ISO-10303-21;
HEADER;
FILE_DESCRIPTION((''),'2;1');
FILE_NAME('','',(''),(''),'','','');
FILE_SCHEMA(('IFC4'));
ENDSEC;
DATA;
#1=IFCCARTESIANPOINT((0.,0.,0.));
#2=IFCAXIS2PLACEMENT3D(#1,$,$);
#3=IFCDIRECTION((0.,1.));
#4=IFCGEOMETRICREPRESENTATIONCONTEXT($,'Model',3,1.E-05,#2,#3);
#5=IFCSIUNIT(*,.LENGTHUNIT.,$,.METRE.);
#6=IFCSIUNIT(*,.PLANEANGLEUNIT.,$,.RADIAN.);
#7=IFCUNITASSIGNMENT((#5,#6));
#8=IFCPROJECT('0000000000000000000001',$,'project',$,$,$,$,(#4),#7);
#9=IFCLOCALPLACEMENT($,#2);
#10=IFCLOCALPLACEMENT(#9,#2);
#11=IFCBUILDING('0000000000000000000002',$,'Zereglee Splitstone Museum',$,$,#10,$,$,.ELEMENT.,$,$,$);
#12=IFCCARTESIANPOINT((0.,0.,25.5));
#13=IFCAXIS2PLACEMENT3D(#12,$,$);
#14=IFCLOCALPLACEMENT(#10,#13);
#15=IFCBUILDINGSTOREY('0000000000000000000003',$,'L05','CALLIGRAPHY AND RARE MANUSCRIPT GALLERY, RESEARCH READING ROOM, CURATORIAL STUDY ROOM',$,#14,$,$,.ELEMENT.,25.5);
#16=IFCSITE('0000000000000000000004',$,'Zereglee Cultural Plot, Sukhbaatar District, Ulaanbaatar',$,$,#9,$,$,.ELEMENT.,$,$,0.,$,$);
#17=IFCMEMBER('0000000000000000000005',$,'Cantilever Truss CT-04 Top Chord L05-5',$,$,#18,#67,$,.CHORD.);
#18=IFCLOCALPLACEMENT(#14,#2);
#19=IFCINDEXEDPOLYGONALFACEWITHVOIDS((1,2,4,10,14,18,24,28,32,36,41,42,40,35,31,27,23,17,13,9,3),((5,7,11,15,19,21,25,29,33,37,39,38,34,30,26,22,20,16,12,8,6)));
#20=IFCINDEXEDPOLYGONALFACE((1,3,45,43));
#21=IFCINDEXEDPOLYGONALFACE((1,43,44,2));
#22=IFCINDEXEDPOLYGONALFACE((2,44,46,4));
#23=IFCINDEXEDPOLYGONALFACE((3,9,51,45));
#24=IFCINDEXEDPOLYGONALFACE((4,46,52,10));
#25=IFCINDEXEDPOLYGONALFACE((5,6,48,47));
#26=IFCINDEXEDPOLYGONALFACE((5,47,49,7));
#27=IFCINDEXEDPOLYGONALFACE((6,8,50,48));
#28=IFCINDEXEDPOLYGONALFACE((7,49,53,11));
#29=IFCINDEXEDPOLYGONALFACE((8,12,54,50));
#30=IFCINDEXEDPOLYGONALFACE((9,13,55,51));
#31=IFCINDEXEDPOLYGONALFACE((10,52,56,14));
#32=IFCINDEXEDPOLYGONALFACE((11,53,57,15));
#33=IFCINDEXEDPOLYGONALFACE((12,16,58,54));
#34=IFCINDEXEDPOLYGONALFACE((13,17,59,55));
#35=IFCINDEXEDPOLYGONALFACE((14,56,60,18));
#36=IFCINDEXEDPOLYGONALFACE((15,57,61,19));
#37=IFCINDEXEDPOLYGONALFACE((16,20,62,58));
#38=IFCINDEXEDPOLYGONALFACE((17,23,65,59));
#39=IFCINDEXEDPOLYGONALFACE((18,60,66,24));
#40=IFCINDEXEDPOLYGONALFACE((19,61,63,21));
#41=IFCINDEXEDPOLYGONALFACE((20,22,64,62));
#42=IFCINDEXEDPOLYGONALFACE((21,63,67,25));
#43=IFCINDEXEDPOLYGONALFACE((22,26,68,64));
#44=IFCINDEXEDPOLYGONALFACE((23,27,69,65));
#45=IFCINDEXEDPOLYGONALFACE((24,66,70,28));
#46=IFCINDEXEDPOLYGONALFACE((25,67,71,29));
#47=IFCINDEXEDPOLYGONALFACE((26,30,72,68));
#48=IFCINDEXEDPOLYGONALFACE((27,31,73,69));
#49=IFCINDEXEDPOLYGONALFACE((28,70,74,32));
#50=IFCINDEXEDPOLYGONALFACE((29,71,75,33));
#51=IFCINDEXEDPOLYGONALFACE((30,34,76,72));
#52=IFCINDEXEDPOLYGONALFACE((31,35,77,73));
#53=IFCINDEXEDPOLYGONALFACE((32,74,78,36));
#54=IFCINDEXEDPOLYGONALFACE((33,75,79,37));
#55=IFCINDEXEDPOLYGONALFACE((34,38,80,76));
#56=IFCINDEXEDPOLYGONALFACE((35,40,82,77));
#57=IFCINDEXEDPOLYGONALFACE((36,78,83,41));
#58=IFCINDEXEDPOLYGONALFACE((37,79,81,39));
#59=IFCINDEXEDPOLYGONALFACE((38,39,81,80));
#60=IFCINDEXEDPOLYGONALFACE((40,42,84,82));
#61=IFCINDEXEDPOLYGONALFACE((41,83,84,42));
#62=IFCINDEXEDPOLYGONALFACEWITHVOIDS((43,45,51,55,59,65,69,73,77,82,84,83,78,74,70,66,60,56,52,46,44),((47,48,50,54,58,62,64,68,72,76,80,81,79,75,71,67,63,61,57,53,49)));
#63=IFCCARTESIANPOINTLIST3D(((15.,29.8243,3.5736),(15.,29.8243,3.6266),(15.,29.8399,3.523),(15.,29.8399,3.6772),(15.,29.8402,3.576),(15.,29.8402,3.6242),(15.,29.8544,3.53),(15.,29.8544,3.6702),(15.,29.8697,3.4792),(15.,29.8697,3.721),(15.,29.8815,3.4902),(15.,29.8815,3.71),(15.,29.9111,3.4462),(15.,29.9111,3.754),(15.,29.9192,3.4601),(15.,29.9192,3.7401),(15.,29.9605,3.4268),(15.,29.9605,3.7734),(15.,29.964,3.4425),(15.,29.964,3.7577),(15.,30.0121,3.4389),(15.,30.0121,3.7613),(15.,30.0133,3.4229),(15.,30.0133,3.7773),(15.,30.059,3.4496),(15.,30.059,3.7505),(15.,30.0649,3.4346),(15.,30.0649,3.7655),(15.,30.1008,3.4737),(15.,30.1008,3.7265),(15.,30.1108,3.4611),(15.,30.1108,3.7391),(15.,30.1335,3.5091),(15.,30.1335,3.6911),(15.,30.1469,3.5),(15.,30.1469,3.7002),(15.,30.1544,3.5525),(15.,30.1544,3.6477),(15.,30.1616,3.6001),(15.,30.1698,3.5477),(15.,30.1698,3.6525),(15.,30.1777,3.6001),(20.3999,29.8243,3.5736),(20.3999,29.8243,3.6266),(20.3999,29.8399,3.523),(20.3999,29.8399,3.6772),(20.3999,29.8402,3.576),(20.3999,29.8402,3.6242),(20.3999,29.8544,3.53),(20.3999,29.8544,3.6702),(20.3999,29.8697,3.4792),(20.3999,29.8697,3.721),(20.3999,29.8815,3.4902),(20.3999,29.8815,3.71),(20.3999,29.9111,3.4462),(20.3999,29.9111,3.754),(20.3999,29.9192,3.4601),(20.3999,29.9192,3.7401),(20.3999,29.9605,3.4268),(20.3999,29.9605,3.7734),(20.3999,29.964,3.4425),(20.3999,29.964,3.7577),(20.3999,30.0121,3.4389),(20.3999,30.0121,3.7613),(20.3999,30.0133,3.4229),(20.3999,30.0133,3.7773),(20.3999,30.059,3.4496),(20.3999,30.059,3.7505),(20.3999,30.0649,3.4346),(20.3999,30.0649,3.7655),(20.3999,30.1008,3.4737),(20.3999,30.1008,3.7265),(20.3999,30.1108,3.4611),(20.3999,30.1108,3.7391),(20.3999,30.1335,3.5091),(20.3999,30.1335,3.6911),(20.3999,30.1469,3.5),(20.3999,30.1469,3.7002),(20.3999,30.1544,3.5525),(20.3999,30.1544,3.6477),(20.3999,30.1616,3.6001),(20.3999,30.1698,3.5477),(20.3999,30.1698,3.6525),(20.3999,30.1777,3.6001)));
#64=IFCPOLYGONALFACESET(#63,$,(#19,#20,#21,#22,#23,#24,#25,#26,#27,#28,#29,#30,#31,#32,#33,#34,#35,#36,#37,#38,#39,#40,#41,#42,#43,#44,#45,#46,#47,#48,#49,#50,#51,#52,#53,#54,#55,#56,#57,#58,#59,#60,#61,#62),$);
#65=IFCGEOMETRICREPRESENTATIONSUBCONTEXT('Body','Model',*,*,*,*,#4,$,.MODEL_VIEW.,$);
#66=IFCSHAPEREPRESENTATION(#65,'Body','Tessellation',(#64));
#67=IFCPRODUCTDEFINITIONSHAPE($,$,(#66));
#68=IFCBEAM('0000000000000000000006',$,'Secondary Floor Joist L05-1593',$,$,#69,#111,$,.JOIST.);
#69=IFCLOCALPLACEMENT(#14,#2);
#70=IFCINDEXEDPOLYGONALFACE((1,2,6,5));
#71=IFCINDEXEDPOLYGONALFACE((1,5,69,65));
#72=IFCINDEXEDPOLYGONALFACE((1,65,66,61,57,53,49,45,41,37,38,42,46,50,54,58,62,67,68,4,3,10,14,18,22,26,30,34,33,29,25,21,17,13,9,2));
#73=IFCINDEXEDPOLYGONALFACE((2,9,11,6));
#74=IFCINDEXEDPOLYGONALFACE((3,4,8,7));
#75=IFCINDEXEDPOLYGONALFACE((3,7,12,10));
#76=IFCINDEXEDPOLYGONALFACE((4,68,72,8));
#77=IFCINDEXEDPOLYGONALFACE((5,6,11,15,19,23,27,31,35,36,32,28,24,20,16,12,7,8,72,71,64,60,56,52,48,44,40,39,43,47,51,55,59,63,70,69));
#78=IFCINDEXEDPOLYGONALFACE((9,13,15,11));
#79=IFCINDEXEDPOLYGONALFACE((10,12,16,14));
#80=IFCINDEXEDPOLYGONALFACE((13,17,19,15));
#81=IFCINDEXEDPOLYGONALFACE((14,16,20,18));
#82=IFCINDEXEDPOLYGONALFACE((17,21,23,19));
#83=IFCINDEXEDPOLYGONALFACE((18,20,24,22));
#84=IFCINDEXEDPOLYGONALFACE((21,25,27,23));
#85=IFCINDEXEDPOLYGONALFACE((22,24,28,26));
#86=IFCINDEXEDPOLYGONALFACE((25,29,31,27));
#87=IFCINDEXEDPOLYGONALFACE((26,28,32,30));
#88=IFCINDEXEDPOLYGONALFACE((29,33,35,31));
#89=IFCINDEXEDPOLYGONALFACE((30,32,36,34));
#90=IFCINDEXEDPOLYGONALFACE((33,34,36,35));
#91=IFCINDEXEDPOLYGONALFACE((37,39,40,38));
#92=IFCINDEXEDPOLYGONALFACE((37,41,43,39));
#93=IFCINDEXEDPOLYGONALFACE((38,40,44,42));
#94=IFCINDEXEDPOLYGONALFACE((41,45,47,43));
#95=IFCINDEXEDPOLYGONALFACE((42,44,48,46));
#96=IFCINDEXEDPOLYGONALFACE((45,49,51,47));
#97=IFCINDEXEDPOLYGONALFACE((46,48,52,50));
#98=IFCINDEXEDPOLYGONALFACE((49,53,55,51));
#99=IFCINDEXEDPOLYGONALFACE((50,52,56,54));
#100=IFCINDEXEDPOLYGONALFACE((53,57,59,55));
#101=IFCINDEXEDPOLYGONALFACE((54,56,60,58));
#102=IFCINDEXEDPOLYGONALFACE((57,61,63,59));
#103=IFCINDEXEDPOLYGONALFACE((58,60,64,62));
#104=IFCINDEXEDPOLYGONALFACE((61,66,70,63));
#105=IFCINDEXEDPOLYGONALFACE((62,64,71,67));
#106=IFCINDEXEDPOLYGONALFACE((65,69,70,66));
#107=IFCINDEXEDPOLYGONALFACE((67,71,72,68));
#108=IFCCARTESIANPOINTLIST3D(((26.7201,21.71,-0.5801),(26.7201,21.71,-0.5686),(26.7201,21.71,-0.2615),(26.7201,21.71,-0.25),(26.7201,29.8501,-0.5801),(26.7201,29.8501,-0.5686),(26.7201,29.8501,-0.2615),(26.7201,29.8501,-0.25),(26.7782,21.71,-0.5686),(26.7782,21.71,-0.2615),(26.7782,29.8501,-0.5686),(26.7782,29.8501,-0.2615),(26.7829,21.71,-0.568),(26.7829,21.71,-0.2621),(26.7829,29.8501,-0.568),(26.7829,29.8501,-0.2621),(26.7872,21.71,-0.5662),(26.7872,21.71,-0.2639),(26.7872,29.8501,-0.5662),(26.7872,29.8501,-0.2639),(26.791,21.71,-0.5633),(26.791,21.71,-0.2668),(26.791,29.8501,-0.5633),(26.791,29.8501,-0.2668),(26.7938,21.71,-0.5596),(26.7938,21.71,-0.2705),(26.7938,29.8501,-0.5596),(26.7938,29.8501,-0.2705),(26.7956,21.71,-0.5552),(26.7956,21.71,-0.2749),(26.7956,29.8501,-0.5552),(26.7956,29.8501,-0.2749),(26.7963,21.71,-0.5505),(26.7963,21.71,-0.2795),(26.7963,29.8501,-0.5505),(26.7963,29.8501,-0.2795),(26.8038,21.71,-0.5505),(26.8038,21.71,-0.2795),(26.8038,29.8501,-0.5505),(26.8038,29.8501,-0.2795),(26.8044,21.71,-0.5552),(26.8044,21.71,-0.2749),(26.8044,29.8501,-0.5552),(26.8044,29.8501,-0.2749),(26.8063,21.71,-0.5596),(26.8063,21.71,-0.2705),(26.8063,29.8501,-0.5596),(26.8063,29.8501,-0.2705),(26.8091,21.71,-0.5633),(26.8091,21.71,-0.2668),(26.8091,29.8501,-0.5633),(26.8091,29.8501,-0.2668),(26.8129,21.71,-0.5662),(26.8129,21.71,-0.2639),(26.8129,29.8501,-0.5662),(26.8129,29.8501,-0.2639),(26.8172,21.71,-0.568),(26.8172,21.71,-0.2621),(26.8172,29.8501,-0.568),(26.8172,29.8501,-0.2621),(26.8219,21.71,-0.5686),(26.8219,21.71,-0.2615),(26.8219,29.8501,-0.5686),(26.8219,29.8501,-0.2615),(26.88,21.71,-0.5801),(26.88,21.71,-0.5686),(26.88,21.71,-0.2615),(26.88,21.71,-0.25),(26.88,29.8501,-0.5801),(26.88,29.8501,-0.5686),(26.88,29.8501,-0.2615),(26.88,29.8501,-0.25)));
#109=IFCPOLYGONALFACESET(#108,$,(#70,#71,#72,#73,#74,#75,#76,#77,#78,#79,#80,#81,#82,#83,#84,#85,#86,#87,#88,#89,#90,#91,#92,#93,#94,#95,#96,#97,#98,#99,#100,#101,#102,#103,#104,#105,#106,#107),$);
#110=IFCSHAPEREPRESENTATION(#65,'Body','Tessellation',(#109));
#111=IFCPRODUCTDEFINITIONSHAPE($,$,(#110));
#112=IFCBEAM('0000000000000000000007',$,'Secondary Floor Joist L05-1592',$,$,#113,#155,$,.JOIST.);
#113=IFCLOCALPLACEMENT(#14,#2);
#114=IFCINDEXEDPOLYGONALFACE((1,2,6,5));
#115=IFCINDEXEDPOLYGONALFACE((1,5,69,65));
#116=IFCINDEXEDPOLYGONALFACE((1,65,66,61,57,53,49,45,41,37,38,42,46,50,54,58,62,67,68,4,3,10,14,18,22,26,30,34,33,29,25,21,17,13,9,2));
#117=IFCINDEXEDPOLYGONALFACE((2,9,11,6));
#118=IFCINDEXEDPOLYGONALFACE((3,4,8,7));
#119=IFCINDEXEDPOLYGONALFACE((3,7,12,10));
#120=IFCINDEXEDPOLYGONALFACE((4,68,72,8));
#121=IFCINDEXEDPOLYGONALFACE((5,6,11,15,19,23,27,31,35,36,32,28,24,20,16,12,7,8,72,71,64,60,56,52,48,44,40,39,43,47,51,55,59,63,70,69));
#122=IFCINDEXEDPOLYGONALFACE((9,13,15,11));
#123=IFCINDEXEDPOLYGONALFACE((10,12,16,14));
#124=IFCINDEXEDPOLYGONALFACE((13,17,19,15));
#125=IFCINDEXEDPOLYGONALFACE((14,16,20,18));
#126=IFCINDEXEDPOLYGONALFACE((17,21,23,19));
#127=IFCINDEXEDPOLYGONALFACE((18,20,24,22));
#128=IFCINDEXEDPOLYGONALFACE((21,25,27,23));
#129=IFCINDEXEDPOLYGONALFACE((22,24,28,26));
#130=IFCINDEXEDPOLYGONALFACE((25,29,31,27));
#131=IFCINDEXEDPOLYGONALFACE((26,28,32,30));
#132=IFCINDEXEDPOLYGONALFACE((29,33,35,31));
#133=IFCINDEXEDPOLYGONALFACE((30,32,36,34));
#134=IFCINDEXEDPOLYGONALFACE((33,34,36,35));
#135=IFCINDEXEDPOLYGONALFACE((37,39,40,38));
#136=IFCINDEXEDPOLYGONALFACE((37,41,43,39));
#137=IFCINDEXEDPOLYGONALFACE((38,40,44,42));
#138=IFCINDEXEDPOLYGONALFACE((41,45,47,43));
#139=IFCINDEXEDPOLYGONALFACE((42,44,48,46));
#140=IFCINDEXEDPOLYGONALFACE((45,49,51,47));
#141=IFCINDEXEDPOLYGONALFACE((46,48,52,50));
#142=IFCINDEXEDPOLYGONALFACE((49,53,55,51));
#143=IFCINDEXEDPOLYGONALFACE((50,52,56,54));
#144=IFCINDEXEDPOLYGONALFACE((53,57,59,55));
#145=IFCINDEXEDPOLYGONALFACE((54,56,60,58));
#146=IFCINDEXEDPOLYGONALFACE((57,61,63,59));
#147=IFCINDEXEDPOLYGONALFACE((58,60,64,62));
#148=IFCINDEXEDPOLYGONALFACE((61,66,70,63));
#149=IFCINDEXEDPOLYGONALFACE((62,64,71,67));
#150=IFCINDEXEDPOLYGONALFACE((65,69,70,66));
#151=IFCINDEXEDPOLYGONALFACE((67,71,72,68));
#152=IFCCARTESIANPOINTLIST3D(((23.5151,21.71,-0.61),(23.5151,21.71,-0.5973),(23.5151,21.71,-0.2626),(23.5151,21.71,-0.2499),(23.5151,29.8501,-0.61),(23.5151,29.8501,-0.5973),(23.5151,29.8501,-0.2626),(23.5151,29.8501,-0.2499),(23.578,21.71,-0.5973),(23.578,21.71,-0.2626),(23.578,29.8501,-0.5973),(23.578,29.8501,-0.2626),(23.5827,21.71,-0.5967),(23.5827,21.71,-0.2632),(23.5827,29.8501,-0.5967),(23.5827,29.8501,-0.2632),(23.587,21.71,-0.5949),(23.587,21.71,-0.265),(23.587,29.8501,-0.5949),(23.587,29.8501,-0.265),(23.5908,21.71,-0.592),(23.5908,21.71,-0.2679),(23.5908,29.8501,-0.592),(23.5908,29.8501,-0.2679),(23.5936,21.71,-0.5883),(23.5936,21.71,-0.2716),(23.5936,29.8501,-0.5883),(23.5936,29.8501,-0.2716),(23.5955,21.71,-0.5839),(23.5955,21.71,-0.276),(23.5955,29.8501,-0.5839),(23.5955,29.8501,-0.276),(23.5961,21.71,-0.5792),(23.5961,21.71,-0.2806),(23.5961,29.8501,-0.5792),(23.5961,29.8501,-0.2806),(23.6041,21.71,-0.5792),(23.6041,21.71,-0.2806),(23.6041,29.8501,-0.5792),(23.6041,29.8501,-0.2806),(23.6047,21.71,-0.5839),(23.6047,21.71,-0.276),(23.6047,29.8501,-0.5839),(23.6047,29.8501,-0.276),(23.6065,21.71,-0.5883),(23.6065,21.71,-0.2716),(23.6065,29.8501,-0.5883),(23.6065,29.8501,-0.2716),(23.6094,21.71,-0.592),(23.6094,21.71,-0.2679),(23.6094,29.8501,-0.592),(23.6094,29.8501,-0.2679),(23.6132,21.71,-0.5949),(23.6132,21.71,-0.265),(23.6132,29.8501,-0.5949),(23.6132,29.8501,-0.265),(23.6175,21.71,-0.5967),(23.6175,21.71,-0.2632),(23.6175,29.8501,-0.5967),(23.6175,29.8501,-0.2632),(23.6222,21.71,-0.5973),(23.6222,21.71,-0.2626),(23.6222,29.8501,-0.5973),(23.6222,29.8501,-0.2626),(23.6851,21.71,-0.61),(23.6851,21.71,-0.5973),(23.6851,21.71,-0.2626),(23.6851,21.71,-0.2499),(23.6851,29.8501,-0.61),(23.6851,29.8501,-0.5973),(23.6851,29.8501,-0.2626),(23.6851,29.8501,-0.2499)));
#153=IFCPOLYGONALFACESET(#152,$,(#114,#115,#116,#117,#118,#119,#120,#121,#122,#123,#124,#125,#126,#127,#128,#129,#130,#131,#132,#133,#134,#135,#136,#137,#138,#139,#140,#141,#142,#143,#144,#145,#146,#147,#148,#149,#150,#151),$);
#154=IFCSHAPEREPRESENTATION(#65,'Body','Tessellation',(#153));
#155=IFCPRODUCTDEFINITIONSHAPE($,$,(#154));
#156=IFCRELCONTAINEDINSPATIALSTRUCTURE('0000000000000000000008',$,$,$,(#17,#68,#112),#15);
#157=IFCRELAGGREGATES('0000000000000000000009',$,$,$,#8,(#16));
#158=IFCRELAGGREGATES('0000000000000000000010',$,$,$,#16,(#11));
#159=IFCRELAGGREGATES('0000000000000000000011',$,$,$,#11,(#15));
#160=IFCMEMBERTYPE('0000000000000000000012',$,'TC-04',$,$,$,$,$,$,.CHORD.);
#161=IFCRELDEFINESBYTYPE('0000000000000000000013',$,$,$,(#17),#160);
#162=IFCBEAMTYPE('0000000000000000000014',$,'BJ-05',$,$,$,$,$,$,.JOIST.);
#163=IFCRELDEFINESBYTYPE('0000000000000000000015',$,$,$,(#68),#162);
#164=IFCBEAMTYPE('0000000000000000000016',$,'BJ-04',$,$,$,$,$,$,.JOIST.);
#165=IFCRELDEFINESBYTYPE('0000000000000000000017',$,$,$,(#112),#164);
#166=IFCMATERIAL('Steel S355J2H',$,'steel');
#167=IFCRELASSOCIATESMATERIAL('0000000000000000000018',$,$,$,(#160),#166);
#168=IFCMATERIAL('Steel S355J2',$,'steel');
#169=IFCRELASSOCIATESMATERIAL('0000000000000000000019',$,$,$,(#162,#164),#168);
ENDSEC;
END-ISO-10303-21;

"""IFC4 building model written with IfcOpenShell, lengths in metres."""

from ifc_helpers import new_model, si_unit, direction, frame, origin, origin_2d, place, context, subcontext, project, spatial, hollow_circle, i_section, extrude, material, material_profile, profile_set, type_object, element, save


model = new_model("IFC4")

# Units and contexts
model_context = context("Model", 3, precision=1e-05, world=origin(), true_north=direction((0.0, 1.0)))
body_context = subcontext(model_context, "Body", "Model", "MODEL_VIEW")
ifc_project = project(units=[si_unit("LENGTHUNIT", "METRE"), si_unit("PLANEANGLEUNIT", "RADIAN")], contexts=[model_context])

# Site, building, storey
site_placement = place(None, origin())
site = spatial("IfcSite", under=ifc_project, at=site_placement, Name="Zereglee Cultural Plot, Sukhbaatar District, Ulaanbaatar", CompositionType="ELEMENT", RefElevation=0.0)
building_placement = place(site_placement, origin())
building = spatial("IfcBuilding", under=site, at=building_placement, Name="Zereglee Splitstone Museum", CompositionType="ELEMENT")
storey_placement = place(building_placement, frame((0.0, 0.0, 25.5)))
storey = spatial("IfcBuildingStorey", under=building, at=storey_placement, Name="L05", Description="CALLIGRAPHY AND RARE MANUSCRIPT GALLERY, RESEARCH READING ROOM, CURATORIAL STUDY ROOM", CompositionType="ELEMENT", Elevation=25.5)

# Shared definitions
ifc_material_1 = material(Name="Steel S355J2", Category="steel")

# Member
ifc_material_2 = material(Name="Steel S355J2H", Category="steel")
ifc_material_profile_1 = material_profile(ifc_material_2, hollow_circle(Radius=0.1777, WallThickness=0.0161, at=origin_2d()), Name="CHS 355.6x16")
ifc_profile_set_1 = profile_set([ifc_material_profile_1], Name="Steel S355J2H")
member_type_1 = type_object("IfcMemberType", Name="TC-04", PredefinedType="CHORD", material=ifc_profile_set_1)
member_1_placement = place(storey_placement, frame((15.0, 30.0, 3.6001), z_axis=(1.0, 0.0, 0.0), x_axis=(0.0, 1.0, 0.0)))
element("IfcMember", 1, at=member_1_placement, inside=storey, type_object=member_type_1, Name="Cantilever Truss CT-04 Top Chord L05-5", PredefinedType="CHORD", context=body_context, shape_type="SweptSolid", body=[
    extrude(hollow_circle(Radius=0.1777, WallThickness=0.0161, at=origin_2d()), origin(), (0.0, 0.0, 1.0), 5.3999),
])

# Beams
ifc_material_profile_2 = material_profile(ifc_material_1, i_section(OverallWidth=0.1599, OverallDepth=0.3301, WebThickness=0.0076, FlangeThickness=0.0115, FilletRadius=0.0181, at=origin_2d()), Name="IPE 330")
ifc_profile_set_2 = profile_set([ifc_material_profile_2], Name="Steel S355J2")
beam_type_1 = type_object("IfcBeamType", Name="BJ-05", PredefinedType="JOIST", material=ifc_profile_set_2)
beam_1_placement = place(storey_placement, frame((26.8, 21.71, -0.415), z_axis=(0.0, 1.0, 0.0), x_axis=(-1.0, 0.0, 0.0)))
element("IfcBeam", 2, at=beam_1_placement, inside=storey, type_object=beam_type_1, Name="Secondary Floor Joist L05-1593", PredefinedType="JOIST", context=body_context, shape_type="SweptSolid", body=[
    extrude(i_section(OverallWidth=0.1599, OverallDepth=0.3301, WebThickness=0.0076, FlangeThickness=0.0115, FilletRadius=0.0181, at=origin_2d()), origin(), (0.0, 0.0, 1.0), 8.1401),
])
ifc_material_profile_3 = material_profile(ifc_material_1, i_section(OverallWidth=0.1699, OverallDepth=0.3601, WebThickness=0.0081, FlangeThickness=0.0127, FilletRadius=0.0181, at=origin_2d()), Name="IPE 360")
ifc_profile_set_3 = profile_set([ifc_material_profile_3], Name="Steel S355J2")
beam_type_2 = type_object("IfcBeamType", Name="BJ-04", PredefinedType="JOIST", material=ifc_profile_set_3)
beam_2_placement = place(storey_placement, frame((23.6001, 21.71, -0.4299), z_axis=(0.0, 1.0, 0.0), x_axis=(-1.0, 0.0, 0.0)))
element("IfcBeam", 3, at=beam_2_placement, inside=storey, type_object=beam_type_2, Name="Secondary Floor Joist L05-1592", PredefinedType="JOIST", context=body_context, shape_type="SweptSolid", body=[
    extrude(i_section(OverallWidth=0.1699, OverallDepth=0.3601, WebThickness=0.0081, FlangeThickness=0.0127, FilletRadius=0.0181, at=origin_2d()), origin(), (0.0, 0.0, 1.0), 8.1401),
])

save(model, "model.ifc")
